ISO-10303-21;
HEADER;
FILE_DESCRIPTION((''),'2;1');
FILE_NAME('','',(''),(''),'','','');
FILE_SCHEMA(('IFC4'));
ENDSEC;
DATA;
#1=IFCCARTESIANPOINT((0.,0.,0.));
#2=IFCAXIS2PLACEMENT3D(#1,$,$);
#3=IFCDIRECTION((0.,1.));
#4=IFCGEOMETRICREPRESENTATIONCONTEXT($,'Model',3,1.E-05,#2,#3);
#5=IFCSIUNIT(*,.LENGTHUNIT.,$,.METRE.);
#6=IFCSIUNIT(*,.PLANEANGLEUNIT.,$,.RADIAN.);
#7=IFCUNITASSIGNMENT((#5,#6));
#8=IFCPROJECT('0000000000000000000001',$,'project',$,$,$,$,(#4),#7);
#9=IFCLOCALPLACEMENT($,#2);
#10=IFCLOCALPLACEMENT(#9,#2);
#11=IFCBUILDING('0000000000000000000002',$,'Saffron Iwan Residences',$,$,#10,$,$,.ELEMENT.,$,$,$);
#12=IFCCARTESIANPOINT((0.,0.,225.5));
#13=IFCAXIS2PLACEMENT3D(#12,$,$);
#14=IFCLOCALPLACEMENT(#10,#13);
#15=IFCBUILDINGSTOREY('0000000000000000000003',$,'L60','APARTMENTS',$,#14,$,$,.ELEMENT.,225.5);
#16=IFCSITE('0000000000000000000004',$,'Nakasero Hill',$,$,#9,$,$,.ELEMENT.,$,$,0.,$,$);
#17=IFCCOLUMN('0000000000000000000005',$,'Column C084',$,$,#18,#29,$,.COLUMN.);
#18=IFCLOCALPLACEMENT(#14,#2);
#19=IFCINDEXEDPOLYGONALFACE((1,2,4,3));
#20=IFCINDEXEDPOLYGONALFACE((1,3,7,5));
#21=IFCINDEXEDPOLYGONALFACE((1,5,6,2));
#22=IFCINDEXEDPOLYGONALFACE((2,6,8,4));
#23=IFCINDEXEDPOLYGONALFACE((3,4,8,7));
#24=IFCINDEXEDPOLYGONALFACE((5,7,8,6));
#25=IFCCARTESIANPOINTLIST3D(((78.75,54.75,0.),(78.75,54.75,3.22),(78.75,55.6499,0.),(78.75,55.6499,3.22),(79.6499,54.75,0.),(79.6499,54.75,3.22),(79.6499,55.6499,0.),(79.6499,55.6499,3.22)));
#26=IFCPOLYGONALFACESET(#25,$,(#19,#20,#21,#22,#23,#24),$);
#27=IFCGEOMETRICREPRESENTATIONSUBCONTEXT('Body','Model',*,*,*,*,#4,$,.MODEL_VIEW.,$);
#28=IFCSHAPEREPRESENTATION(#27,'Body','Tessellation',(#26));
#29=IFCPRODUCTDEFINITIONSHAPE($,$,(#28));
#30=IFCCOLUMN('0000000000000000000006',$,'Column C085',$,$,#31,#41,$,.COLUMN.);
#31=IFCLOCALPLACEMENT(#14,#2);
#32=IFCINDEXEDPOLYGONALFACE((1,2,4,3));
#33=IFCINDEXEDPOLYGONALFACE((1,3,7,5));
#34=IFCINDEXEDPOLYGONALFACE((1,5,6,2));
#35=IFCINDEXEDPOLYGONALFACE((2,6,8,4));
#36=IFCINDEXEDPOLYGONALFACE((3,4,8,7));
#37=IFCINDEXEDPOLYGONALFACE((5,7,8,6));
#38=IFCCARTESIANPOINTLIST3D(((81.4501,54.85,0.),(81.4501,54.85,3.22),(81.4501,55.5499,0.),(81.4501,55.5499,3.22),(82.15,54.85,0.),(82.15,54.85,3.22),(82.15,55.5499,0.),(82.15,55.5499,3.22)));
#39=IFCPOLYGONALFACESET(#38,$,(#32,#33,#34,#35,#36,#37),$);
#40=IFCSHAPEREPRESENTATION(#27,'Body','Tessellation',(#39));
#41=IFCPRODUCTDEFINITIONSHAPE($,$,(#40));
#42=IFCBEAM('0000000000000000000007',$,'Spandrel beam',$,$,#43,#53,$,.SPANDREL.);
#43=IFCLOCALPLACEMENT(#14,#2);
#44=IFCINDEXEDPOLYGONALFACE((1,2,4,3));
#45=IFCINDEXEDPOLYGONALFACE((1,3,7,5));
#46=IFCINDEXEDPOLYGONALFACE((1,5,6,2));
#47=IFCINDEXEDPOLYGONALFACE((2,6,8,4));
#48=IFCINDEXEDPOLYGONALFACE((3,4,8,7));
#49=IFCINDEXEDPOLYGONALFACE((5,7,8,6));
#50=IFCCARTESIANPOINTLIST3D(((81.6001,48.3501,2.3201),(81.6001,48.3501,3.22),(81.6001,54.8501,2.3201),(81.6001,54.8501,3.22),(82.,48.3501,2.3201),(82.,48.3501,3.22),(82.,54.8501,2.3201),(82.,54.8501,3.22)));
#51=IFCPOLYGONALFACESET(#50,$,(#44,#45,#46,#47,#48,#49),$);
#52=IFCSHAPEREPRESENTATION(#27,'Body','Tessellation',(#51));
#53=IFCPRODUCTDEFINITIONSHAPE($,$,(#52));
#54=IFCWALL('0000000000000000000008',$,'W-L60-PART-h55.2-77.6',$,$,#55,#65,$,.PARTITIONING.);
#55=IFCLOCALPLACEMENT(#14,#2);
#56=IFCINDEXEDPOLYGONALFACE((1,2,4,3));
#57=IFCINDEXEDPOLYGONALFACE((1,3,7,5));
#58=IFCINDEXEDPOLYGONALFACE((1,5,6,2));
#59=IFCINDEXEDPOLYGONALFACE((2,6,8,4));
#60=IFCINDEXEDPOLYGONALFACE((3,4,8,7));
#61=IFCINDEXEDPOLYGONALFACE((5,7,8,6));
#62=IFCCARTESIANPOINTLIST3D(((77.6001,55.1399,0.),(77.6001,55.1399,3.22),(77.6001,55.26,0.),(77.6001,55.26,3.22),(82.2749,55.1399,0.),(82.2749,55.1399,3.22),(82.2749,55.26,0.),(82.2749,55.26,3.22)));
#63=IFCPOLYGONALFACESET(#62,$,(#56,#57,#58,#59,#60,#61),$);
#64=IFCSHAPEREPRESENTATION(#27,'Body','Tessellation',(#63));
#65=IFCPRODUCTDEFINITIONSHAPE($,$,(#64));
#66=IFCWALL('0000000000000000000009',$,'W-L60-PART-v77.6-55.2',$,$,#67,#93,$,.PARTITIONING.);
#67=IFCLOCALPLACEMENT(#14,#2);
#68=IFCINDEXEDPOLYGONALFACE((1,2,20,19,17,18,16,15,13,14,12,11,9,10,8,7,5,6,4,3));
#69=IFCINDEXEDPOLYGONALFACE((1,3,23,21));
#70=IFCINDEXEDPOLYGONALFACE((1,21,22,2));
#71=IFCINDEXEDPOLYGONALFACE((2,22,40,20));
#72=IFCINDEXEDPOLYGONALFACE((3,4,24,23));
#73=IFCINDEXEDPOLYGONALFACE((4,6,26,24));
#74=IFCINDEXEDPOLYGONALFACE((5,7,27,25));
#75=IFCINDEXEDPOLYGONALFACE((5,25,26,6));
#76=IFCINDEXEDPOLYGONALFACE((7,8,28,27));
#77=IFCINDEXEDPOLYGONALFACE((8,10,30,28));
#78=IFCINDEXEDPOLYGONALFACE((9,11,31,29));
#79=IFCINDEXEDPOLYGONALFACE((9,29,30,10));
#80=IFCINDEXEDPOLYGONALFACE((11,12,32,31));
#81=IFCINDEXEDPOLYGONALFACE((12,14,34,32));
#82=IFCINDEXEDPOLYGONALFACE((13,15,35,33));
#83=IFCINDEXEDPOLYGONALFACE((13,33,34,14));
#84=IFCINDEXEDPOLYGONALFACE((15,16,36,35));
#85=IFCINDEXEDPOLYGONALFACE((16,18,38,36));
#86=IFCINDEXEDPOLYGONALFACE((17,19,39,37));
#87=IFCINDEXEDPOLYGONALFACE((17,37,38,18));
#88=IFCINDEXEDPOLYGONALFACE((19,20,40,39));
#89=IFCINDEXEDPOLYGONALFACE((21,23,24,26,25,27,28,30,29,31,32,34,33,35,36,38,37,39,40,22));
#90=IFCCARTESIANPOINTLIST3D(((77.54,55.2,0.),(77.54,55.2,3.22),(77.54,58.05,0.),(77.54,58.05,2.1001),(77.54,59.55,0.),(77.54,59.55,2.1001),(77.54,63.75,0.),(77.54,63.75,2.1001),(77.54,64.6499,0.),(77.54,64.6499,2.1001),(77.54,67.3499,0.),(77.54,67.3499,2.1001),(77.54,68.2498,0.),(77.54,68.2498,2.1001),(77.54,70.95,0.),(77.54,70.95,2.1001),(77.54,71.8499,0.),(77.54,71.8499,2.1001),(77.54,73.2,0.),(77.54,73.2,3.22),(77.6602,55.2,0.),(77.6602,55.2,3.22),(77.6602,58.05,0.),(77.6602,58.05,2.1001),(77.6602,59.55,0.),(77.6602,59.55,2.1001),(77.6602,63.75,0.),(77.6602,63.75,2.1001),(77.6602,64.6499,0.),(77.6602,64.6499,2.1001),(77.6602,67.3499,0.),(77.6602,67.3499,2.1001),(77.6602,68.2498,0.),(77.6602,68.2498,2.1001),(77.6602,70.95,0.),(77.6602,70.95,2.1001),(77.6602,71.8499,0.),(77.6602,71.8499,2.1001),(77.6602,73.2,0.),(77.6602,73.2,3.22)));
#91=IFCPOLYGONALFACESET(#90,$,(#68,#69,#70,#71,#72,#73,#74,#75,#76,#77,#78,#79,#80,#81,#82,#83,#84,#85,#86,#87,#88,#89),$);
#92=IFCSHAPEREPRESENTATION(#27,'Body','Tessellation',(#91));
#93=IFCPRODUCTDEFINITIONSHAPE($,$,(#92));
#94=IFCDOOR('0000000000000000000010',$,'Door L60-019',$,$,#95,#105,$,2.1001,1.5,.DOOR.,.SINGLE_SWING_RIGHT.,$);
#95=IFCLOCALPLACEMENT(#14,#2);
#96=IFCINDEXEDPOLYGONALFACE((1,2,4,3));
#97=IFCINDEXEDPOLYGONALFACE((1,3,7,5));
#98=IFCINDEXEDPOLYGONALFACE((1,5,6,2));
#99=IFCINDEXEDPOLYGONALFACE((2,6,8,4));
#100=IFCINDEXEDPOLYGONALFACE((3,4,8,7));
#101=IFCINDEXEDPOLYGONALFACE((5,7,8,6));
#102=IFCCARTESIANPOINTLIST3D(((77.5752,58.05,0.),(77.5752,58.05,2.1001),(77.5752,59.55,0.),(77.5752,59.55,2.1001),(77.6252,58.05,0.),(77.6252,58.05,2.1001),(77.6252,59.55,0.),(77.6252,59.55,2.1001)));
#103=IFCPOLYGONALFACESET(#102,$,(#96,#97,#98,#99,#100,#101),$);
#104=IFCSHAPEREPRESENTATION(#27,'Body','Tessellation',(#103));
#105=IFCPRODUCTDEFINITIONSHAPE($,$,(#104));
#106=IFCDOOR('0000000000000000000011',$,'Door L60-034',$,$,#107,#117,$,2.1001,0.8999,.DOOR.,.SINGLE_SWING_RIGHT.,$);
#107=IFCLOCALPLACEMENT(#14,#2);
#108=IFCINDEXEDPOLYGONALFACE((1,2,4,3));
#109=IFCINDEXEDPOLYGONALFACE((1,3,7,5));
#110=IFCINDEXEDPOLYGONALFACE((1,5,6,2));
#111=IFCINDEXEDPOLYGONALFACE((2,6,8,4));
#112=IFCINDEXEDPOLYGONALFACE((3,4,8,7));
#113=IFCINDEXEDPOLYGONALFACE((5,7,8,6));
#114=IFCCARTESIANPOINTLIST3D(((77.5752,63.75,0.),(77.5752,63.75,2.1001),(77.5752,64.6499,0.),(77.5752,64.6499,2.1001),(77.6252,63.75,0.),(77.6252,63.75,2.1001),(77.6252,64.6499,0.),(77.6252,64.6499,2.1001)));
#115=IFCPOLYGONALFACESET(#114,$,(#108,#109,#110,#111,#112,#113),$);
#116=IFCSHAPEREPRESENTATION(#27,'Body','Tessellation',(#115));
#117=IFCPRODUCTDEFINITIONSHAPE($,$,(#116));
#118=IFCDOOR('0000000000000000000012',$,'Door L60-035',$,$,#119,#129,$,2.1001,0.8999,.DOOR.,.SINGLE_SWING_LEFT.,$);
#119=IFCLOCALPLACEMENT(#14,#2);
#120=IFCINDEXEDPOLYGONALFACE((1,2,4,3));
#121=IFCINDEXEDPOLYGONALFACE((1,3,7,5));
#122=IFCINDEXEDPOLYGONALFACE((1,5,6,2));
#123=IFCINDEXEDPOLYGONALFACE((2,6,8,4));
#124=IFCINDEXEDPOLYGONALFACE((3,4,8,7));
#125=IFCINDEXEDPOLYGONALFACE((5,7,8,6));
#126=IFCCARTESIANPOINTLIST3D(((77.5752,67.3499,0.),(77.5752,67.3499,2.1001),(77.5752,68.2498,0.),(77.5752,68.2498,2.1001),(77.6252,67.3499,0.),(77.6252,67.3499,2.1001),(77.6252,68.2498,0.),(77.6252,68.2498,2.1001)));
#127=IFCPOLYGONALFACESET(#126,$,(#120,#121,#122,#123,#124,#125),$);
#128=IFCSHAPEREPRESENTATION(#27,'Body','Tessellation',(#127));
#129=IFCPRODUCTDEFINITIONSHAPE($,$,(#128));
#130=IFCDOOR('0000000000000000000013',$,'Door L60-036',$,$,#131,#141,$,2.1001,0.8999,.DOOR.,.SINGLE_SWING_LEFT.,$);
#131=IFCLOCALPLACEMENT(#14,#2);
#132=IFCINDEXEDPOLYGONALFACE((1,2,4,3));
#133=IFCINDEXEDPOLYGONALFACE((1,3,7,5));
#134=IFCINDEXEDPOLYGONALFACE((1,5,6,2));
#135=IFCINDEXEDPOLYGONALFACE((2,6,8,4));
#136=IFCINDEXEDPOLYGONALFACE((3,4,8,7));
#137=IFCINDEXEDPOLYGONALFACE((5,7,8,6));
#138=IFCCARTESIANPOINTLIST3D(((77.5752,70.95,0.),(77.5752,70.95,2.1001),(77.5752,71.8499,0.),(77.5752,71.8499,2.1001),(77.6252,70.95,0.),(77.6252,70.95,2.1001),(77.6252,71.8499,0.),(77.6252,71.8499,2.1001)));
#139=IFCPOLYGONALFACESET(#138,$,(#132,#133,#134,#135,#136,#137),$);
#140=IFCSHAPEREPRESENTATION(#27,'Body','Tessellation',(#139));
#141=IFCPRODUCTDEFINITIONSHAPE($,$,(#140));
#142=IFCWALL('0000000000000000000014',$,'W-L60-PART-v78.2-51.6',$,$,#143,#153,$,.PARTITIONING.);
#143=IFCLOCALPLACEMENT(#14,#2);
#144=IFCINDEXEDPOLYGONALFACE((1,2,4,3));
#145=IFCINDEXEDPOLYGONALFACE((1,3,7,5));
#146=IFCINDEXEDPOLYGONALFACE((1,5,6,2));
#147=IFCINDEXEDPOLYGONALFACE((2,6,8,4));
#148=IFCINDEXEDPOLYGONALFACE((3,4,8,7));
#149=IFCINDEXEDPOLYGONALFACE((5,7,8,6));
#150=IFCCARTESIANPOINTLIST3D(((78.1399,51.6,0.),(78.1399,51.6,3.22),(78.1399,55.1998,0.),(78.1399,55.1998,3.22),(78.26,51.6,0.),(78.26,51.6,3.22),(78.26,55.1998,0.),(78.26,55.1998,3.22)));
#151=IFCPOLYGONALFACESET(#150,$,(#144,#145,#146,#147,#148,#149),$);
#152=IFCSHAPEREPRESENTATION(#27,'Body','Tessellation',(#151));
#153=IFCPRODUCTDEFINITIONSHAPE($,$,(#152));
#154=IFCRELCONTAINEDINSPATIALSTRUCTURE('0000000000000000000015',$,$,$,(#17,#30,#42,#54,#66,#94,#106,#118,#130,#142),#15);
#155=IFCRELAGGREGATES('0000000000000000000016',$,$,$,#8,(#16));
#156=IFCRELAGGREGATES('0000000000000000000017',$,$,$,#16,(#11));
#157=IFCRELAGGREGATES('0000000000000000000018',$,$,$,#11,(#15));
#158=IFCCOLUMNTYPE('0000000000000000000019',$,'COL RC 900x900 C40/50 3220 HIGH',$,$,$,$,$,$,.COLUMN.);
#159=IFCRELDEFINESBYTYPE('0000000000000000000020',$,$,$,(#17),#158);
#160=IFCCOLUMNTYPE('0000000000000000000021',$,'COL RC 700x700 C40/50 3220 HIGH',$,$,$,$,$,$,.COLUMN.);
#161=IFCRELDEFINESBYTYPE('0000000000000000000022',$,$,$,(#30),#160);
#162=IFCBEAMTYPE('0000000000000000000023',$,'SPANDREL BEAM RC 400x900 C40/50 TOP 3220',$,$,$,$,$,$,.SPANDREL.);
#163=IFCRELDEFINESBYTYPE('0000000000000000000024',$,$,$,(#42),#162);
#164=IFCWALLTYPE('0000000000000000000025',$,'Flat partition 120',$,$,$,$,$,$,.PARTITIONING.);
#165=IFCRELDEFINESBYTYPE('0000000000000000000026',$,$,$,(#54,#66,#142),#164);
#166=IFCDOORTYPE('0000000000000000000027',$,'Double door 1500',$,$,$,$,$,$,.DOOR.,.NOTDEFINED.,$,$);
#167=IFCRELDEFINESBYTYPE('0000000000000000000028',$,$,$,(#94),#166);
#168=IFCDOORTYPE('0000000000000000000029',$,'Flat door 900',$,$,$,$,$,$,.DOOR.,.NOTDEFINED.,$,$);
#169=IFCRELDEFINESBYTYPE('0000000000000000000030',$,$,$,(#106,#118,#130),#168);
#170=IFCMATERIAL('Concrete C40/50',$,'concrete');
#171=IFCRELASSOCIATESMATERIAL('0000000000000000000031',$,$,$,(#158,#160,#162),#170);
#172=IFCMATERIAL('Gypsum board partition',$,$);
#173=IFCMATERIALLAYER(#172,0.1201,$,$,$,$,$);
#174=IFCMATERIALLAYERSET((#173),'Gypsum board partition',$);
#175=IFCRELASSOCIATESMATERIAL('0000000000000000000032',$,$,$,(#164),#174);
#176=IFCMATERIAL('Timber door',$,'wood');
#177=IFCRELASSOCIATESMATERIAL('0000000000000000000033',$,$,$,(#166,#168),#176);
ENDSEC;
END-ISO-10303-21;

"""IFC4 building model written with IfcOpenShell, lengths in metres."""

from ifc_helpers import new_model, si_unit, direction, frame, frame_2d, origin, origin_2d, place, context, subcontext, project, spatial, rectangle, extrude, source, transform, mapped, material, layer, layer_set, material_profile, profile_set, type_object, element, fill, save


model = new_model("IFC4")

# Units and contexts
model_context = context("Model", 3, precision=1e-05, world=origin(), true_north=direction((0.0, 1.0)))
body_context = subcontext(model_context, "Body", "Model", "MODEL_VIEW")
ifc_project = project(units=[si_unit("LENGTHUNIT", "METRE"), si_unit("PLANEANGLEUNIT", "RADIAN")], contexts=[model_context])

# Site, building, storey
site_placement = place(None, origin())
site = spatial("IfcSite", under=ifc_project, at=site_placement, Name="Nakasero Hill", CompositionType="ELEMENT", RefElevation=0.0)
building_placement = place(site_placement, origin())
building = spatial("IfcBuilding", under=site, at=building_placement, Name="Saffron Iwan Residences", CompositionType="ELEMENT")
storey_placement = place(building_placement, frame((0.0, 0.0, 225.5)))
storey = spatial("IfcBuildingStorey", under=building, at=storey_placement, Name="L60", Description="APARTMENTS", CompositionType="ELEMENT", Elevation=225.5)

# Columns
ifc_material_1 = material(Name="Concrete C40/50", Category="concrete")
ifc_material_profile_1 = material_profile(ifc_material_1, rectangle(XDim=0.8999, YDim=0.8999, at=origin_2d()), Name="RC 900x900")
ifc_profile_set_1 = profile_set([ifc_material_profile_1], Name="Concrete C40/50")
column_type_1 = type_object("IfcColumnType", Name="COL RC 900x900 C40/50 3220 HIGH", PredefinedType="COLUMN", material=ifc_profile_set_1)
shared_shape_1 = source(origin(), body_context, "Body", "SweptSolid", [
    extrude(rectangle(XDim=0.8999, YDim=0.8999, at=origin_2d()), origin(), (0.0, 0.0, 1.0), 3.22),
])
column_1_placement = place(storey_placement, frame((79.2, 55.2, 0.0), z_axis=(0.0, 0.0, 1.0), x_axis=(1.0, 0.0, 0.0)))
element("IfcColumn", 1, at=column_1_placement, inside=storey, type_object=column_type_1, Name="Column C084", PredefinedType="COLUMN", context=body_context, shape_type="MappedRepresentation", body=[
    mapped(shared_shape_1, transform((0.0, 0.0, 0.0))),
])
ifc_material_profile_2 = material_profile(ifc_material_1, rectangle(XDim=0.7, YDim=0.7, at=origin_2d()), Name="RC 700x700")
ifc_profile_set_2 = profile_set([ifc_material_profile_2], Name="Concrete C40/50")
column_type_2 = type_object("IfcColumnType", Name="COL RC 700x700 C40/50 3220 HIGH", PredefinedType="COLUMN", material=ifc_profile_set_2)
shared_shape_2 = source(origin(), body_context, "Body", "SweptSolid", [
    extrude(rectangle(XDim=0.7, YDim=0.7, at=origin_2d()), origin(), (0.0, 0.0, 1.0), 3.22),
])
column_2_placement = place(storey_placement, frame((81.8, 55.2, 0.0), z_axis=(0.0, 0.0, 1.0), x_axis=(1.0, 0.0, 0.0)))
element("IfcColumn", 2, at=column_2_placement, inside=storey, type_object=column_type_2, Name="Column C085", PredefinedType="COLUMN", context=body_context, shape_type="MappedRepresentation", body=[
    mapped(shared_shape_2, transform((0.0, 0.0, 0.0))),
])

# Beam
ifc_material_profile_3 = material_profile(ifc_material_1, rectangle(XDim=0.3999, YDim=0.8999, at=origin_2d()), Name="RC 400x900")
ifc_profile_set_3 = profile_set([ifc_material_profile_3], Name="Concrete C40/50")
beam_type = type_object("IfcBeamType", Name="SPANDREL BEAM RC 400x900 C40/50 TOP 3220", PredefinedType="SPANDREL", material=ifc_profile_set_3)
shared_shape_3 = source(origin(), body_context, "Body", "SweptSolid", [
    extrude(rectangle(XDim=0.3999, YDim=0.8999, at=origin_2d()), origin(), (0.0, 0.0, 1.0), 6.5),
])
beam_placement = place(storey_placement, frame((81.8, 54.8501, 2.77), z_axis=(0.0, -1.0, 0.0), x_axis=(1.0, 0.0, 0.0)))
element("IfcBeam", 3, at=beam_placement, inside=storey, type_object=beam_type, Name="Spandrel beam", PredefinedType="SPANDREL", context=body_context, shape_type="MappedRepresentation", body=[
    mapped(shared_shape_3, transform((0.0, 0.0, 0.0))),
])

# Wall
ifc_material_2 = material(Name="Gypsum board partition")
ifc_layer = layer(ifc_material_2, 0.1201)
ifc_layer_set = layer_set([ifc_layer], Name="Gypsum board partition")
wall_type = type_object("IfcWallType", Name="Flat partition 120", PredefinedType="PARTITIONING", material=ifc_layer_set)
wall_1_placement = place(storey_placement, frame((77.6001, 55.2, 0.0), z_axis=(0.0, 0.0, 1.0), x_axis=(1.0, 0.0, 0.0)))
element("IfcWall", 4, at=wall_1_placement, inside=storey, type_object=wall_type, Name="W-L60-PART-h55.2-77.6", PredefinedType="PARTITIONING", context=body_context, shape_type="SweptSolid", body=[
    extrude(rectangle(XDim=4.6748, YDim=0.1201, at=frame_2d((2.3374, 0.0))), origin(), (0.0, 0.0, 1.0), 3.22),
])

# Wall, openings, doors
wall_2_placement = place(storey_placement, frame((77.6001, 55.2, 0.0), z_axis=(0.0, 0.0, 1.0), x_axis=(0.0, 1.0, 0.0)))
wall_2 = element("IfcWall", 5, at=wall_2_placement, inside=storey, type_object=wall_type, Name="W-L60-PART-v77.6-55.2", PredefinedType="PARTITIONING", context=body_context, shape_type="SweptSolid", body=[
    extrude(rectangle(XDim=18.0, YDim=0.1201, at=frame_2d((9.0, 0.0))), origin(), (0.0, 0.0, 1.0), 3.22),
])
opening_1_placement = place(wall_2_placement, frame((2.8501, 0.0, 0.0)))
opening_1 = element("IfcOpeningElement", 6, at=opening_1_placement, cuts=wall_2, PredefinedType="OPENING", context=body_context, shape_type="SweptSolid", body=[
    extrude(rectangle(XDim=1.5, YDim=2.1001, at=frame_2d((0.75, 1.05))), frame((0.0, 0.0701, 0.0), z_axis=(0.0, -1.0, 0.0), x_axis=(1.0, 0.0, 0.0)), (0.0, 0.0, 1.0), 0.1401),
])
opening_2_placement = place(wall_2_placement, frame((8.55, 0.0, 0.0)))
opening_2 = element("IfcOpeningElement", 7, at=opening_2_placement, cuts=wall_2, PredefinedType="OPENING", context=body_context, shape_type="SweptSolid", body=[
    extrude(rectangle(XDim=0.8999, YDim=2.1001, at=frame_2d((0.45, 1.05))), frame((0.0, 0.0701, 0.0), z_axis=(0.0, -1.0, 0.0), x_axis=(1.0, 0.0, 0.0)), (0.0, 0.0, 1.0), 0.1401),
])
opening_3_placement = place(wall_2_placement, frame((12.1499, 0.0, 0.0)))
opening_3 = element("IfcOpeningElement", 8, at=opening_3_placement, cuts=wall_2, PredefinedType="OPENING", context=body_context, shape_type="SweptSolid", body=[
    extrude(rectangle(XDim=0.8999, YDim=2.1001, at=frame_2d((0.45, 1.05))), frame((0.0, 0.0701, 0.0), z_axis=(0.0, -1.0, 0.0), x_axis=(1.0, 0.0, 0.0)), (0.0, 0.0, 1.0), 0.1401),
])
opening_4_placement = place(wall_2_placement, frame((15.75, 0.0, 0.0)))
opening_4 = element("IfcOpeningElement", 9, at=opening_4_placement, cuts=wall_2, PredefinedType="OPENING", context=body_context, shape_type="SweptSolid", body=[
    extrude(rectangle(XDim=0.8999, YDim=2.1001, at=frame_2d((0.45, 1.05))), frame((0.0, 0.0701, 0.0), z_axis=(0.0, -1.0, 0.0), x_axis=(1.0, 0.0, 0.0)), (0.0, 0.0, 1.0), 0.1401),
])
ifc_material_3 = material(Name="Timber door", Category="wood")
door_type_1 = type_object("IfcDoorType", Name="Double door 1500", OperationType="NOTDEFINED", PredefinedType="DOOR", material=ifc_material_3)
door_1_placement = place(opening_1_placement, origin())
door_1 = element("IfcDoor", 10, at=door_1_placement, inside=storey, type_object=door_type_1, Name="Door L60-019", OperationType="SINGLE_SWING_RIGHT", OverallHeight=2.1001, OverallWidth=1.5, PredefinedType="DOOR", context=body_context, shape_type="SweptSolid", body=[
    extrude(rectangle(XDim=1.5, YDim=2.1001, at=frame_2d((0.75, 1.05))), frame((0.0, 0.0249, 0.0), z_axis=(0.0, -1.0, 0.0), x_axis=(1.0, 0.0, 0.0)), (0.0, 0.0, 1.0), 0.05),
])
fill(opening_1, door_1)
door_type_2 = type_object("IfcDoorType", Name="Flat door 900", OperationType="NOTDEFINED", PredefinedType="DOOR", material=ifc_material_3)
door_2_placement = place(opening_2_placement, origin())
door_2 = element("IfcDoor", 11, at=door_2_placement, inside=storey, type_object=door_type_2, Name="Door L60-034", OperationType="SINGLE_SWING_RIGHT", OverallHeight=2.1001, OverallWidth=0.8999, PredefinedType="DOOR", context=body_context, shape_type="SweptSolid", body=[
    extrude(rectangle(XDim=0.8999, YDim=2.1001, at=frame_2d((0.45, 1.05))), frame((0.0, 0.0249, 0.0), z_axis=(0.0, -1.0, 0.0), x_axis=(1.0, 0.0, 0.0)), (0.0, 0.0, 1.0), 0.05),
])
fill(opening_2, door_2)
door_3_placement = place(opening_3_placement, origin())
door_3 = element("IfcDoor", 12, at=door_3_placement, inside=storey, type_object=door_type_2, Name="Door L60-035", OperationType="SINGLE_SWING_LEFT", OverallHeight=2.1001, OverallWidth=0.8999, PredefinedType="DOOR", context=body_context, shape_type="SweptSolid", body=[
    extrude(rectangle(XDim=0.8999, YDim=2.1001, at=frame_2d((0.45, 1.05))), frame((0.0, 0.0249, 0.0), z_axis=(0.0, -1.0, 0.0), x_axis=(1.0, 0.0, 0.0)), (0.0, 0.0, 1.0), 0.05),
])
fill(opening_3, door_3)
door_4_placement = place(opening_4_placement, origin())
door_4 = element("IfcDoor", 13, at=door_4_placement, inside=storey, type_object=door_type_2, Name="Door L60-036", OperationType="SINGLE_SWING_LEFT", OverallHeight=2.1001, OverallWidth=0.8999, PredefinedType="DOOR", context=body_context, shape_type="SweptSolid", body=[
    extrude(rectangle(XDim=0.8999, YDim=2.1001, at=frame_2d((0.45, 1.05))), frame((0.0, 0.0249, 0.0), z_axis=(0.0, -1.0, 0.0), x_axis=(1.0, 0.0, 0.0)), (0.0, 0.0, 1.0), 0.05),
])
fill(opening_4, door_4)

# Wall
wall_3_placement = place(storey_placement, frame((78.2, 51.6001, 0.0), z_axis=(0.0, 0.0, 1.0), x_axis=(0.0, 1.0, 0.0)))
element("IfcWall", 14, at=wall_3_placement, inside=storey, type_object=wall_type, Name="W-L60-PART-v78.2-51.6", PredefinedType="PARTITIONING", context=body_context, shape_type="SweptSolid", body=[
    extrude(rectangle(XDim=3.5999, YDim=0.1201, at=frame_2d((1.7998, 0.0))), origin(), (0.0, 0.0, 1.0), 3.22),
])

save(model, "model.ifc")
